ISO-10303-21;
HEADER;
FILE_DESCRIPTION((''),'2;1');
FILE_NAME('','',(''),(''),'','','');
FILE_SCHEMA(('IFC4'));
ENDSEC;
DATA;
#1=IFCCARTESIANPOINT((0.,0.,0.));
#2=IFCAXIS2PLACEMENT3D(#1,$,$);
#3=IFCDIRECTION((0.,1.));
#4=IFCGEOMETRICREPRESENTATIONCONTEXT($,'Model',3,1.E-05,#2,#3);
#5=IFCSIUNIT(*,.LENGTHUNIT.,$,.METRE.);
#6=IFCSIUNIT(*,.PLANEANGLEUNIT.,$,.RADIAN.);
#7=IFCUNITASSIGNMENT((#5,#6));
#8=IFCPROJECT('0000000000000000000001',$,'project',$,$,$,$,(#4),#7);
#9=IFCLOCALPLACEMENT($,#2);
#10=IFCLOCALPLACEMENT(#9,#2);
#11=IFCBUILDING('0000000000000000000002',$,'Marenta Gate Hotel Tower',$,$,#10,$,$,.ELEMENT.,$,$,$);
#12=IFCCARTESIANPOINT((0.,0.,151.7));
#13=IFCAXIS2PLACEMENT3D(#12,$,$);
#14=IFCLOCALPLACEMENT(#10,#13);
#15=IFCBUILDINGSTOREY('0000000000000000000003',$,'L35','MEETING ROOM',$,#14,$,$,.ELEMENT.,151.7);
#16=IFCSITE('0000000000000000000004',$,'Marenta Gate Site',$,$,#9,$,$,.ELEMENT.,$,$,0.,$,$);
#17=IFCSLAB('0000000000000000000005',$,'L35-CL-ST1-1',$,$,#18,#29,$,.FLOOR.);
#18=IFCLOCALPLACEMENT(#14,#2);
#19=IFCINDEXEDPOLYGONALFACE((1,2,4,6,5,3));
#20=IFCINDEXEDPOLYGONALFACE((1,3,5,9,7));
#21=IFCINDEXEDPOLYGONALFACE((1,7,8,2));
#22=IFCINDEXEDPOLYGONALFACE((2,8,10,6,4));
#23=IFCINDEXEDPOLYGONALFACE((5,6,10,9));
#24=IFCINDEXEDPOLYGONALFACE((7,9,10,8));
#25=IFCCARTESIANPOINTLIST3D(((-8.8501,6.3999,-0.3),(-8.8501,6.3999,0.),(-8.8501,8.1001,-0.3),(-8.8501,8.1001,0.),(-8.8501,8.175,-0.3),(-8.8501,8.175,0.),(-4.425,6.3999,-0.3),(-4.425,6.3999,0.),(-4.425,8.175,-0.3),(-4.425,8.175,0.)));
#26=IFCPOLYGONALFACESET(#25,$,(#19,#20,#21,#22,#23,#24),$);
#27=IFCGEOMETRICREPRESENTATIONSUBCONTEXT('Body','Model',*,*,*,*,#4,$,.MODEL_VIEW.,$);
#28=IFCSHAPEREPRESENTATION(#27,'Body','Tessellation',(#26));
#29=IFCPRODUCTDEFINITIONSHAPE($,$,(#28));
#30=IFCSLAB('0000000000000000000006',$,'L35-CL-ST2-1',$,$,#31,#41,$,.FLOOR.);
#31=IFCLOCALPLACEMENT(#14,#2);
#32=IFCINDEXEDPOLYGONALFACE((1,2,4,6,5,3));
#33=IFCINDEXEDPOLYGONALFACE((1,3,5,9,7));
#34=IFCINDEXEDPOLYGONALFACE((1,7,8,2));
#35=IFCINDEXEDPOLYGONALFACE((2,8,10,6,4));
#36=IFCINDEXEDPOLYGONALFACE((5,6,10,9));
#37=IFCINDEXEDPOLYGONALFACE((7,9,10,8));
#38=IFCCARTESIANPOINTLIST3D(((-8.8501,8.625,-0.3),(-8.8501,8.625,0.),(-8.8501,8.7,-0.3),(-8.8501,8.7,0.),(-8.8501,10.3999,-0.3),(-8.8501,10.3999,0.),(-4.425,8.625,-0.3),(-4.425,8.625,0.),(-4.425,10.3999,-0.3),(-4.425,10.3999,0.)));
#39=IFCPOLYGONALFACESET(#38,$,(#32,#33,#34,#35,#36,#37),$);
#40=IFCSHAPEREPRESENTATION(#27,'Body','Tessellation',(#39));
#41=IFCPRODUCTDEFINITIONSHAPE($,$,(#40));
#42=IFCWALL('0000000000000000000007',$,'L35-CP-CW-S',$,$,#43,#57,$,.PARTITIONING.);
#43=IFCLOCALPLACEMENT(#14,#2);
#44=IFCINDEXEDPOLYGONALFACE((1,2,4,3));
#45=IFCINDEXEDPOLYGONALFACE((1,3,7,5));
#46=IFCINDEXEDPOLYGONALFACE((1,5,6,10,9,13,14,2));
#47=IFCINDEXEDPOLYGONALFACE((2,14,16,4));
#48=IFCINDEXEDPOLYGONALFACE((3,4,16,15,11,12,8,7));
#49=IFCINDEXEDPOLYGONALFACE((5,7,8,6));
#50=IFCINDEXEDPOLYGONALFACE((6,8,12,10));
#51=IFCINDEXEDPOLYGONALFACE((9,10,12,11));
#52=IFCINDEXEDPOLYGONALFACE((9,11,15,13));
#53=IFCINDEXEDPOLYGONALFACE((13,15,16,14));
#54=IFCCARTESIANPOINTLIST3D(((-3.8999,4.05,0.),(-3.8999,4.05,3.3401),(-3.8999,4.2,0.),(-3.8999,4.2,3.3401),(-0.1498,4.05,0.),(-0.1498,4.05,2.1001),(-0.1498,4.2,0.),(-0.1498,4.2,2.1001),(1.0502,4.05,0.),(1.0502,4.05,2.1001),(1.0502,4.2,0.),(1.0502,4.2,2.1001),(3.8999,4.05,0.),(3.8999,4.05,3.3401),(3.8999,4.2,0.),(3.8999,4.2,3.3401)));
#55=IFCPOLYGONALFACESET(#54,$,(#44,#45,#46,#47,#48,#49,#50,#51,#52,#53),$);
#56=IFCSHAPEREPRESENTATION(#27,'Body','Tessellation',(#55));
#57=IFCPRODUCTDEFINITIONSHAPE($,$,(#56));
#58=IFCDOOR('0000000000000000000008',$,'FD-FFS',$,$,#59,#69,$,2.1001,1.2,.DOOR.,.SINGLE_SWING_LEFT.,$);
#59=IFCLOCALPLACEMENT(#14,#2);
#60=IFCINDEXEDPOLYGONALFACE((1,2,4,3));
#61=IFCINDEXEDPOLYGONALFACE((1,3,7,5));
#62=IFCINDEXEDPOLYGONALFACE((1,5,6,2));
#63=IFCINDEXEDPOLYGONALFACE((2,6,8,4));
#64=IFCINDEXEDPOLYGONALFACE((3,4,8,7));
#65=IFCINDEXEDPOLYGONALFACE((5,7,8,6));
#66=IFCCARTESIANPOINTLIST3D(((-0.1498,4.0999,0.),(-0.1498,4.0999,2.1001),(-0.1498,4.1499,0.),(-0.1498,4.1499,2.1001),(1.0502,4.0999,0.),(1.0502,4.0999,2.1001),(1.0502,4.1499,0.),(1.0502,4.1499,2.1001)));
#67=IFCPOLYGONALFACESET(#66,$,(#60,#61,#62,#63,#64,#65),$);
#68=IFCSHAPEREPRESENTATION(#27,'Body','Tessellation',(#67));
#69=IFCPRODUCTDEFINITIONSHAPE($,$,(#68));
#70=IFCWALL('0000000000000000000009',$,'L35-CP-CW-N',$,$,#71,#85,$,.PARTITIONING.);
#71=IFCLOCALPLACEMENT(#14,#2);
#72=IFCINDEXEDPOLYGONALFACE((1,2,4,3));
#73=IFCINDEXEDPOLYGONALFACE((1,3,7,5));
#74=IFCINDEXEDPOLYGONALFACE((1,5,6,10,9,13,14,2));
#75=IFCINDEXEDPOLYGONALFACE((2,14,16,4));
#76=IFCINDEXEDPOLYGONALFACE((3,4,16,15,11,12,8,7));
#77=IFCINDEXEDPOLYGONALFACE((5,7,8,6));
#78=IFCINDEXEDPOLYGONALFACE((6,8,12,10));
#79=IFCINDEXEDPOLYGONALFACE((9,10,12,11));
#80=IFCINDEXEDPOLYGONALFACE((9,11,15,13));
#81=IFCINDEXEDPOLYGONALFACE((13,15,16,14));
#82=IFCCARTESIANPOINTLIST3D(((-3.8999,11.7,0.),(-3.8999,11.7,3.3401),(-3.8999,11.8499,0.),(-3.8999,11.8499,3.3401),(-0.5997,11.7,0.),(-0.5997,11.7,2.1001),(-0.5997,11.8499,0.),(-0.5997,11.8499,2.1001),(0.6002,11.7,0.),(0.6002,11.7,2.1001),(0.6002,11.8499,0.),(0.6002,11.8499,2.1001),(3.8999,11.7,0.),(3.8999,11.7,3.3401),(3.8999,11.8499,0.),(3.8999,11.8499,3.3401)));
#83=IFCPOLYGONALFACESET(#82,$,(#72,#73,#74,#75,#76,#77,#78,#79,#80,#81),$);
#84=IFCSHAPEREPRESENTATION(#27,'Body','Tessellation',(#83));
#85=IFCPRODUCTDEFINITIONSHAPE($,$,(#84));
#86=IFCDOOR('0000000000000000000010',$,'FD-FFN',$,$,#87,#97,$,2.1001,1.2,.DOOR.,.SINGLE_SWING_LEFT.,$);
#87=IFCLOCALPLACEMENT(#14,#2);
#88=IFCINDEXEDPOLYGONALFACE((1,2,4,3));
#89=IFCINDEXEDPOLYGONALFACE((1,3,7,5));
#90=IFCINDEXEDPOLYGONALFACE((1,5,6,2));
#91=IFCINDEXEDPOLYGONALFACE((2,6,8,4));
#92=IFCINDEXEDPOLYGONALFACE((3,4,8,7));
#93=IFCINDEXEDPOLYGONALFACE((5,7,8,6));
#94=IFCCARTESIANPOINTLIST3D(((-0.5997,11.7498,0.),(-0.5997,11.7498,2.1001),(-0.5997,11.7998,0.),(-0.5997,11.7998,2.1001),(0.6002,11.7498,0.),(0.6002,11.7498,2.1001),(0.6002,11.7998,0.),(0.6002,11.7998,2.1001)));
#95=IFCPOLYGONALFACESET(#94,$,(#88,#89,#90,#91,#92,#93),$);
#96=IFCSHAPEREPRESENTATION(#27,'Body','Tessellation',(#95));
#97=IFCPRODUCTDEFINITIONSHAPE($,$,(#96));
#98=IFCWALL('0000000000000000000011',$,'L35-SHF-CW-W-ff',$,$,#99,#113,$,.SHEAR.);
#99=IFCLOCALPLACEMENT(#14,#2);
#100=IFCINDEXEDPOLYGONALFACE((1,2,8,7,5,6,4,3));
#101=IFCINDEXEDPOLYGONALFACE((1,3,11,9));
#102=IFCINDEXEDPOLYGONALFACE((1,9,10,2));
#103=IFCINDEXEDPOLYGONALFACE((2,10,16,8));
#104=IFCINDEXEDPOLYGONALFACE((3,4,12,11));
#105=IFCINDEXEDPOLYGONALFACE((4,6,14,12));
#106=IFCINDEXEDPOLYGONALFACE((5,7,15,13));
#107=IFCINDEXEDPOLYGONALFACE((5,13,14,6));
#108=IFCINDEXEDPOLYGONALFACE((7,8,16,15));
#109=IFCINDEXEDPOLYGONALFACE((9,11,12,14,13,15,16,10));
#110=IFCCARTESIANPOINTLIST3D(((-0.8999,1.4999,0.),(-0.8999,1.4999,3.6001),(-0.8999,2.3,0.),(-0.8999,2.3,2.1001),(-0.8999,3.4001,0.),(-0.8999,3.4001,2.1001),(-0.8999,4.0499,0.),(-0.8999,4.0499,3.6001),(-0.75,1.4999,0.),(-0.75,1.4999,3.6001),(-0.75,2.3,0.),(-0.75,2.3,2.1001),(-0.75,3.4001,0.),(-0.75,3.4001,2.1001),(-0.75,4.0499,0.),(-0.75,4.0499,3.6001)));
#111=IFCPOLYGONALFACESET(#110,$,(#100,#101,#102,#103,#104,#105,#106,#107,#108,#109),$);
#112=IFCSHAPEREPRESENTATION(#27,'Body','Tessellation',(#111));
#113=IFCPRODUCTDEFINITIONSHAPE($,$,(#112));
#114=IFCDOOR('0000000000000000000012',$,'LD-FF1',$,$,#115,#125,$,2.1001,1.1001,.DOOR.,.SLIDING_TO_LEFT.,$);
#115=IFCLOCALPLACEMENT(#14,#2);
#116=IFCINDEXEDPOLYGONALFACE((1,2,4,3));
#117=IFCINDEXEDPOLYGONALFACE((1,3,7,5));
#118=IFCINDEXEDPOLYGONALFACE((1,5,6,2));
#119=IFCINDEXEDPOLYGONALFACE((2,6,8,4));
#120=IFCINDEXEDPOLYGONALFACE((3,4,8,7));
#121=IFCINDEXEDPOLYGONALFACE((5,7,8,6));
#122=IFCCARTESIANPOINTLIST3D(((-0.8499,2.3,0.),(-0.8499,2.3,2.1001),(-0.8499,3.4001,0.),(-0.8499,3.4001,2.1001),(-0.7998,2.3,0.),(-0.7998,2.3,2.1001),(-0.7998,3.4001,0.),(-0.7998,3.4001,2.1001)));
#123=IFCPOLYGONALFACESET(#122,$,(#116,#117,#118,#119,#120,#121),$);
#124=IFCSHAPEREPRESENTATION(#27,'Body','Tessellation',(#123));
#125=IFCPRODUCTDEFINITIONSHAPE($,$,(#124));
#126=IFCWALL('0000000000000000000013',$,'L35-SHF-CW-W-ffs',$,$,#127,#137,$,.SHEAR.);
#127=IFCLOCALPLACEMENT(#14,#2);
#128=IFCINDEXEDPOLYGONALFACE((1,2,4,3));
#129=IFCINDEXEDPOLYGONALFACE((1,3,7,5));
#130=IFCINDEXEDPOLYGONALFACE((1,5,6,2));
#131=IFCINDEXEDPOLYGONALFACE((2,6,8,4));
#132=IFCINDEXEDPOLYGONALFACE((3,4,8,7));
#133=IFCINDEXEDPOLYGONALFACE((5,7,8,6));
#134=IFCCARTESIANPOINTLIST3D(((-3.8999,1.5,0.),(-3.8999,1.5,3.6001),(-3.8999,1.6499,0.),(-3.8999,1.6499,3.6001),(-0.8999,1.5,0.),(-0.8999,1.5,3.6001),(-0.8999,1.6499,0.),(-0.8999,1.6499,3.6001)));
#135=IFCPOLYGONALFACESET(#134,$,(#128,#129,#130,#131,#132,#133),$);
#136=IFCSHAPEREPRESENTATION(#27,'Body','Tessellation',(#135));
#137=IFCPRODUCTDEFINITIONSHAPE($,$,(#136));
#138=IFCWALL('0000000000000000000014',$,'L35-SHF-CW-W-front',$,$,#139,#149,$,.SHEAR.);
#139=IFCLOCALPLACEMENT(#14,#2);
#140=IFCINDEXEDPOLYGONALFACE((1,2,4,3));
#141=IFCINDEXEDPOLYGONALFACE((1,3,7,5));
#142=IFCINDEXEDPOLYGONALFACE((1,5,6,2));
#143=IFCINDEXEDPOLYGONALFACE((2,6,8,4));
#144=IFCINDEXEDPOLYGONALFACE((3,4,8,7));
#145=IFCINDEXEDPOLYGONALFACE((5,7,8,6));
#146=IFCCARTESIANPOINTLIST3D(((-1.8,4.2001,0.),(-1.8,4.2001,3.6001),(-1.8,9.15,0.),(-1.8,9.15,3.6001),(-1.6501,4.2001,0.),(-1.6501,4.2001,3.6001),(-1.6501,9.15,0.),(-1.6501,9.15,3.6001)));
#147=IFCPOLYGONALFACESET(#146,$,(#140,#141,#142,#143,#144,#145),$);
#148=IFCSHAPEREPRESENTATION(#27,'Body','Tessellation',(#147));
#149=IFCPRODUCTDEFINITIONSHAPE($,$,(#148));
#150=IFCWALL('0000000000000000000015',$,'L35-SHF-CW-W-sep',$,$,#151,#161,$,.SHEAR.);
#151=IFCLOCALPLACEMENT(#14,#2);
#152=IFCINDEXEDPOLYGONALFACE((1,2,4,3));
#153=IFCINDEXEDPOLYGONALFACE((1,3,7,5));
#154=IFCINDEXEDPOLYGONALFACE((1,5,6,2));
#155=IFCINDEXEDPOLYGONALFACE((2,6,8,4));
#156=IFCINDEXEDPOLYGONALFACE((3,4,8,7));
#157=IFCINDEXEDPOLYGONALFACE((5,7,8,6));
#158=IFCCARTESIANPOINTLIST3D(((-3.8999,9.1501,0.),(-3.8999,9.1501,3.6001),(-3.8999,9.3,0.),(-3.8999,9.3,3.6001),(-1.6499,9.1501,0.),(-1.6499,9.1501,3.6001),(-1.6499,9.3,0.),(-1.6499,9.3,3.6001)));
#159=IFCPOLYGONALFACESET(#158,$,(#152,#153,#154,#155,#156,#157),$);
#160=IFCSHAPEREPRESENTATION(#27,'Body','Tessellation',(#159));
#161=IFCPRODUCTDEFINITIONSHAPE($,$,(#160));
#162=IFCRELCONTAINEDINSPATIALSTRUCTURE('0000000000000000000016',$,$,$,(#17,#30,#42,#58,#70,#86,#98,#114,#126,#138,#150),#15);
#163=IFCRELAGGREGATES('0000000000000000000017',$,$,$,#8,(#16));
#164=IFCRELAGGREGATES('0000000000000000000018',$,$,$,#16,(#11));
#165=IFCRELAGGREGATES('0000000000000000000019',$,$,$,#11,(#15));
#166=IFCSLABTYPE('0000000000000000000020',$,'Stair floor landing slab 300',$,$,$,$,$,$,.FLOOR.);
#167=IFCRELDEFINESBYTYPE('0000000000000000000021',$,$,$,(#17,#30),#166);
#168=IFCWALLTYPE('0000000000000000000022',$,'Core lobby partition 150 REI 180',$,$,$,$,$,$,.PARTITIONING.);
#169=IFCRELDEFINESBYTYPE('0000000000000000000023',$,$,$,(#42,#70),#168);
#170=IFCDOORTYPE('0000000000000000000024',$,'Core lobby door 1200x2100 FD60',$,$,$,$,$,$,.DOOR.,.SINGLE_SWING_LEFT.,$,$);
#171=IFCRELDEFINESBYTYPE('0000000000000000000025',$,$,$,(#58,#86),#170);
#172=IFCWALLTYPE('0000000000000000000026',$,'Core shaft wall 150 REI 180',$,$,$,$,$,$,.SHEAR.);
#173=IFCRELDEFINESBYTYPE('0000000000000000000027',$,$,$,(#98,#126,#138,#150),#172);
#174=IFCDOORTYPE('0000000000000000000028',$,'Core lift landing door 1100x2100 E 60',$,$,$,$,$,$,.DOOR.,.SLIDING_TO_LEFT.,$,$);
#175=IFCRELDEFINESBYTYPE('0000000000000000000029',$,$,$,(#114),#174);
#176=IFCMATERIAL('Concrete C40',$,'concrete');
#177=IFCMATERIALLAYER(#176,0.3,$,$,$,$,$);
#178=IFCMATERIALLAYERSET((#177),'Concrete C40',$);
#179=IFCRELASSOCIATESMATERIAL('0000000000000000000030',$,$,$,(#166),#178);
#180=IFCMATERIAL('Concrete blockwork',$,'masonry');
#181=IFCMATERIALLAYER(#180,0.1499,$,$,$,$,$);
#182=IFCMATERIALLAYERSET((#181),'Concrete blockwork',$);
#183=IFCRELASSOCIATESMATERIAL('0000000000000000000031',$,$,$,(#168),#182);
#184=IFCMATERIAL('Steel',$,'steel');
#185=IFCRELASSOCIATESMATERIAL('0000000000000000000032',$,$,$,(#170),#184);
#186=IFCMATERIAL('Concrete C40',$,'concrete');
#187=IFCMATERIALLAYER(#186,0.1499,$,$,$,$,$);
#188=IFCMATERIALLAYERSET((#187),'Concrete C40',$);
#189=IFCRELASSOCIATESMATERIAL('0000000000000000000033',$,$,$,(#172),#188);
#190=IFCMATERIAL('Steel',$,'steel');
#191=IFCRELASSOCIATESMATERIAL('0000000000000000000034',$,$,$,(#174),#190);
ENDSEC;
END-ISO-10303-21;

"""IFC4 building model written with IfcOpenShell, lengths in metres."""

from ifc_helpers import new_model, si_unit, direction, frame, frame_2d, origin, place, context, subcontext, project, spatial, polyline, rectangle, outline, extrude, material, layer, layer_set, type_object, element, fill, save


model = new_model("IFC4")

# Units and contexts
model_context = context("Model", 3, precision=1e-05, world=origin(), true_north=direction((0.0, 1.0)))
body_context = subcontext(model_context, "Body", "Model", "MODEL_VIEW")
ifc_project = project(units=[si_unit("LENGTHUNIT", "METRE"), si_unit("PLANEANGLEUNIT", "RADIAN")], contexts=[model_context])

# Site, building, storey
site_placement = place(None, origin())
site = spatial("IfcSite", under=ifc_project, at=site_placement, Name="Marenta Gate Site", CompositionType="ELEMENT", RefElevation=0.0)
building_placement = place(site_placement, origin())
building = spatial("IfcBuilding", under=site, at=building_placement, Name="Marenta Gate Hotel Tower", CompositionType="ELEMENT")
storey_placement = place(building_placement, frame((0.0, 0.0, 151.7)))
storey = spatial("IfcBuildingStorey", under=building, at=storey_placement, Name="L35", Description="MEETING ROOM", CompositionType="ELEMENT", Elevation=151.7)

# Slabs
ifc_material_1 = material(Name="Concrete C40", Category="concrete")
ifc_layer_1 = layer(ifc_material_1, 0.3)
ifc_layer_set_1 = layer_set([ifc_layer_1], Name="Concrete C40")
slab_type_1 = type_object("IfcSlabType", Name="Stair floor landing slab 300", PredefinedType="FLOOR", material=ifc_layer_set_1)
slab_1_placement = place(storey_placement, frame((0.0, 0.0, -0.3)))
element("IfcSlab", 1, at=slab_1_placement, inside=storey, type_object=slab_type_1, Name="L35-CL-ST1-1", PredefinedType="FLOOR", context=body_context, shape_type="SweptSolid", body=[
    extrude(outline(polyline([(-4.425, 6.3999), (-8.8501, 6.3999), (-8.8501, 8.1001), (-8.8501, 8.175), (-4.425, 8.175), (-4.425, 6.3999)])), origin(), (0.0, 0.0, 1.0), 0.3),
])
slab_2_placement = place(storey_placement, frame((0.0, 0.0, -0.3)))
element("IfcSlab", 2, at=slab_2_placement, inside=storey, type_object=slab_type_1, Name="L35-CL-ST2-1", PredefinedType="FLOOR", context=body_context, shape_type="SweptSolid", body=[
    extrude(outline(polyline([(-4.425, 8.625), (-8.8501, 8.625), (-8.8501, 8.7), (-8.8501, 10.3999), (-4.425, 10.3999), (-4.425, 8.625)])), origin(), (0.0, 0.0, 1.0), 0.3),
])

# Walls, openings, doors
ifc_material_2 = material(Name="Concrete blockwork", Category="masonry")
ifc_layer_2 = layer(ifc_material_2, 0.1499)
ifc_layer_set_2 = layer_set([ifc_layer_2], Name="Concrete blockwork")
wall_type_1 = type_object("IfcWallType", Name="Core lobby partition 150 REI 180", PredefinedType="PARTITIONING", material=ifc_layer_set_2)
wall_1_placement = place(storey_placement, frame((-3.8999, 4.125, 0.0), z_axis=(0.0, 0.0, 1.0), x_axis=(1.0, 0.0, 0.0)))
wall_1 = element("IfcWall", 3, at=wall_1_placement, inside=storey, type_object=wall_type_1, Name="L35-CP-CW-S", PredefinedType="PARTITIONING", context=body_context, shape_type="SweptSolid", body=[
    extrude(rectangle(XDim=7.7998, YDim=0.1499, at=frame_2d((3.8999, 0.0))), origin(), (0.0, 0.0, 1.0), 3.3401),
])
opening_1_placement = place(wall_1_placement, frame((3.75, 0.0, 0.0)))
opening_1 = element("IfcOpeningElement", 4, at=opening_1_placement, cuts=wall_1, PredefinedType="OPENING", context=body_context, shape_type="SweptSolid", body=[
    extrude(rectangle(XDim=1.2, YDim=2.1001, at=frame_2d((0.6001, 1.05))), frame((0.0, 0.075, 0.0), z_axis=(0.0, -1.0, 0.0), x_axis=(1.0, 0.0, 0.0)), (0.0, 0.0, 1.0), 0.1499),
])
ifc_material_3 = material(Name="Steel", Category="steel")
door_type_1 = type_object("IfcDoorType", Name="Core lobby door 1200x2100 FD60", OperationType="SINGLE_SWING_LEFT", PredefinedType="DOOR", material=ifc_material_3)
door_1_placement = place(opening_1_placement, origin())
door_1 = element("IfcDoor", 5, at=door_1_placement, inside=storey, type_object=door_type_1, Name="FD-FFS", OperationType="SINGLE_SWING_LEFT", OverallHeight=2.1001, OverallWidth=1.2, PredefinedType="DOOR", context=body_context, shape_type="SweptSolid", body=[
    extrude(rectangle(XDim=1.2, YDim=2.1001, at=frame_2d((0.6001, 1.05))), frame((0.0, 0.0249, 0.0), z_axis=(0.0, -1.0, 0.0), x_axis=(1.0, 0.0, 0.0)), (0.0, 0.0, 1.0), 0.05),
])
fill(opening_1, door_1)
wall_2_placement = place(storey_placement, frame((-3.8999, 11.7749, 0.0), z_axis=(0.0, 0.0, 1.0), x_axis=(1.0, 0.0, 0.0)))
wall_2 = element("IfcWall", 6, at=wall_2_placement, inside=storey, type_object=wall_type_1, Name="L35-CP-CW-N", PredefinedType="PARTITIONING", context=body_context, shape_type="SweptSolid", body=[
    extrude(rectangle(XDim=7.7998, YDim=0.1499, at=frame_2d((3.8999, 0.0))), origin(), (0.0, 0.0, 1.0), 3.3401),
])
opening_2_placement = place(wall_2_placement, frame((3.3, 0.0, 0.0)))
opening_2 = element("IfcOpeningElement", 7, at=opening_2_placement, cuts=wall_2, PredefinedType="OPENING", context=body_context, shape_type="SweptSolid", body=[
    extrude(rectangle(XDim=1.2, YDim=2.1001, at=frame_2d((0.6001, 1.05))), frame((0.0, 0.075, 0.0), z_axis=(0.0, -1.0, 0.0), x_axis=(1.0, 0.0, 0.0)), (0.0, 0.0, 1.0), 0.1499),
])
door_2_placement = place(opening_2_placement, origin())
door_2 = element("IfcDoor", 8, at=door_2_placement, inside=storey, type_object=door_type_1, Name="FD-FFN", OperationType="SINGLE_SWING_LEFT", OverallHeight=2.1001, OverallWidth=1.2, PredefinedType="DOOR", context=body_context, shape_type="SweptSolid", body=[
    extrude(rectangle(XDim=1.2, YDim=2.1001, at=frame_2d((0.6001, 1.05))), frame((0.0, 0.0249, 0.0), z_axis=(0.0, -1.0, 0.0), x_axis=(1.0, 0.0, 0.0)), (0.0, 0.0, 1.0), 0.05),
])
fill(opening_2, door_2)
ifc_material_4 = material(Name="Concrete C40", Category="concrete")
ifc_layer_3 = layer(ifc_material_4, 0.1499)
ifc_layer_set_3 = layer_set([ifc_layer_3], Name="Concrete C40")
wall_type_2 = type_object("IfcWallType", Name="Core shaft wall 150 REI 180", PredefinedType="SHEAR", material=ifc_layer_set_3)
wall_3_placement = place(storey_placement, frame((-0.825, 1.5, 0.0), z_axis=(0.0, 0.0, 1.0), x_axis=(0.0, 1.0, 0.0)))
wall_3 = element("IfcWall", 9, at=wall_3_placement, inside=storey, type_object=wall_type_2, Name="L35-SHF-CW-W-ff", PredefinedType="SHEAR", context=body_context, shape_type="SweptSolid", body=[
    extrude(rectangle(XDim=2.55, YDim=0.1499, at=frame_2d((1.2749, 0.0))), origin(), (0.0, 0.0, 1.0), 3.6001),
])
opening_3_placement = place(wall_3_placement, frame((0.8, 0.0, 0.0)))
opening_3 = element("IfcOpeningElement", 10, at=opening_3_placement, cuts=wall_3, PredefinedType="OPENING", context=body_context, shape_type="SweptSolid", body=[
    extrude(rectangle(XDim=1.1001, YDim=2.1001, at=frame_2d((0.55, 1.05))), frame((0.0, 0.075, 0.0), z_axis=(0.0, -1.0, 0.0), x_axis=(1.0, 0.0, 0.0)), (0.0, 0.0, 1.0), 0.1499),
])
ifc_material_5 = material(Name="Steel", Category="steel")
door_type_2 = type_object("IfcDoorType", Name="Core lift landing door 1100x2100 E 60", OperationType="SLIDING_TO_LEFT", PredefinedType="DOOR", material=ifc_material_5)
door_3_placement = place(opening_3_placement, origin())
door_3 = element("IfcDoor", 11, at=door_3_placement, inside=storey, type_object=door_type_2, Name="LD-FF1", OperationType="SLIDING_TO_LEFT", OverallHeight=2.1001, OverallWidth=1.1001, PredefinedType="DOOR", context=body_context, shape_type="SweptSolid", body=[
    extrude(rectangle(XDim=1.1001, YDim=2.1001, at=frame_2d((0.55, 1.05))), frame((0.0, 0.0249, 0.0), z_axis=(0.0, -1.0, 0.0), x_axis=(1.0, 0.0, 0.0)), (0.0, 0.0, 1.0), 0.05),
])
fill(opening_3, door_3)

# Walls
wall_4_placement = place(storey_placement, frame((-3.8999, 1.575, 0.0), z_axis=(0.0, 0.0, 1.0), x_axis=(1.0, 0.0, 0.0)))
element("IfcWall", 12, at=wall_4_placement, inside=storey, type_object=wall_type_2, Name="L35-SHF-CW-W-ffs", PredefinedType="SHEAR", context=body_context, shape_type="SweptSolid", body=[
    extrude(rectangle(XDim=3.0, YDim=0.1499, at=frame_2d((1.5, 0.0))), origin(), (0.0, 0.0, 1.0), 3.6001),
])
wall_5_placement = place(storey_placement, frame((-1.7251, 4.2, 0.0), z_axis=(0.0, 0.0, 1.0), x_axis=(0.0, 1.0, 0.0)))
element("IfcWall", 13, at=wall_5_placement, inside=storey, type_object=wall_type_2, Name="L35-SHF-CW-W-front", PredefinedType="SHEAR", context=body_context, shape_type="SweptSolid", body=[
    extrude(rectangle(XDim=4.95, YDim=0.1499, at=frame_2d((2.4751, 0.0))), origin(), (0.0, 0.0, 1.0), 3.6001),
])
wall_6_placement = place(storey_placement, frame((-3.8999, 9.2251, 0.0), z_axis=(0.0, 0.0, 1.0), x_axis=(1.0, 0.0, 0.0)))
element("IfcWall", 14, at=wall_6_placement, inside=storey, type_object=wall_type_2, Name="L35-SHF-CW-W-sep", PredefinedType="SHEAR", context=body_context, shape_type="SweptSolid", body=[
    extrude(rectangle(XDim=2.25, YDim=0.1499, at=frame_2d((1.125, 0.0))), origin(), (0.0, 0.0, 1.0), 3.6001),
])

save(model, "model.ifc")
